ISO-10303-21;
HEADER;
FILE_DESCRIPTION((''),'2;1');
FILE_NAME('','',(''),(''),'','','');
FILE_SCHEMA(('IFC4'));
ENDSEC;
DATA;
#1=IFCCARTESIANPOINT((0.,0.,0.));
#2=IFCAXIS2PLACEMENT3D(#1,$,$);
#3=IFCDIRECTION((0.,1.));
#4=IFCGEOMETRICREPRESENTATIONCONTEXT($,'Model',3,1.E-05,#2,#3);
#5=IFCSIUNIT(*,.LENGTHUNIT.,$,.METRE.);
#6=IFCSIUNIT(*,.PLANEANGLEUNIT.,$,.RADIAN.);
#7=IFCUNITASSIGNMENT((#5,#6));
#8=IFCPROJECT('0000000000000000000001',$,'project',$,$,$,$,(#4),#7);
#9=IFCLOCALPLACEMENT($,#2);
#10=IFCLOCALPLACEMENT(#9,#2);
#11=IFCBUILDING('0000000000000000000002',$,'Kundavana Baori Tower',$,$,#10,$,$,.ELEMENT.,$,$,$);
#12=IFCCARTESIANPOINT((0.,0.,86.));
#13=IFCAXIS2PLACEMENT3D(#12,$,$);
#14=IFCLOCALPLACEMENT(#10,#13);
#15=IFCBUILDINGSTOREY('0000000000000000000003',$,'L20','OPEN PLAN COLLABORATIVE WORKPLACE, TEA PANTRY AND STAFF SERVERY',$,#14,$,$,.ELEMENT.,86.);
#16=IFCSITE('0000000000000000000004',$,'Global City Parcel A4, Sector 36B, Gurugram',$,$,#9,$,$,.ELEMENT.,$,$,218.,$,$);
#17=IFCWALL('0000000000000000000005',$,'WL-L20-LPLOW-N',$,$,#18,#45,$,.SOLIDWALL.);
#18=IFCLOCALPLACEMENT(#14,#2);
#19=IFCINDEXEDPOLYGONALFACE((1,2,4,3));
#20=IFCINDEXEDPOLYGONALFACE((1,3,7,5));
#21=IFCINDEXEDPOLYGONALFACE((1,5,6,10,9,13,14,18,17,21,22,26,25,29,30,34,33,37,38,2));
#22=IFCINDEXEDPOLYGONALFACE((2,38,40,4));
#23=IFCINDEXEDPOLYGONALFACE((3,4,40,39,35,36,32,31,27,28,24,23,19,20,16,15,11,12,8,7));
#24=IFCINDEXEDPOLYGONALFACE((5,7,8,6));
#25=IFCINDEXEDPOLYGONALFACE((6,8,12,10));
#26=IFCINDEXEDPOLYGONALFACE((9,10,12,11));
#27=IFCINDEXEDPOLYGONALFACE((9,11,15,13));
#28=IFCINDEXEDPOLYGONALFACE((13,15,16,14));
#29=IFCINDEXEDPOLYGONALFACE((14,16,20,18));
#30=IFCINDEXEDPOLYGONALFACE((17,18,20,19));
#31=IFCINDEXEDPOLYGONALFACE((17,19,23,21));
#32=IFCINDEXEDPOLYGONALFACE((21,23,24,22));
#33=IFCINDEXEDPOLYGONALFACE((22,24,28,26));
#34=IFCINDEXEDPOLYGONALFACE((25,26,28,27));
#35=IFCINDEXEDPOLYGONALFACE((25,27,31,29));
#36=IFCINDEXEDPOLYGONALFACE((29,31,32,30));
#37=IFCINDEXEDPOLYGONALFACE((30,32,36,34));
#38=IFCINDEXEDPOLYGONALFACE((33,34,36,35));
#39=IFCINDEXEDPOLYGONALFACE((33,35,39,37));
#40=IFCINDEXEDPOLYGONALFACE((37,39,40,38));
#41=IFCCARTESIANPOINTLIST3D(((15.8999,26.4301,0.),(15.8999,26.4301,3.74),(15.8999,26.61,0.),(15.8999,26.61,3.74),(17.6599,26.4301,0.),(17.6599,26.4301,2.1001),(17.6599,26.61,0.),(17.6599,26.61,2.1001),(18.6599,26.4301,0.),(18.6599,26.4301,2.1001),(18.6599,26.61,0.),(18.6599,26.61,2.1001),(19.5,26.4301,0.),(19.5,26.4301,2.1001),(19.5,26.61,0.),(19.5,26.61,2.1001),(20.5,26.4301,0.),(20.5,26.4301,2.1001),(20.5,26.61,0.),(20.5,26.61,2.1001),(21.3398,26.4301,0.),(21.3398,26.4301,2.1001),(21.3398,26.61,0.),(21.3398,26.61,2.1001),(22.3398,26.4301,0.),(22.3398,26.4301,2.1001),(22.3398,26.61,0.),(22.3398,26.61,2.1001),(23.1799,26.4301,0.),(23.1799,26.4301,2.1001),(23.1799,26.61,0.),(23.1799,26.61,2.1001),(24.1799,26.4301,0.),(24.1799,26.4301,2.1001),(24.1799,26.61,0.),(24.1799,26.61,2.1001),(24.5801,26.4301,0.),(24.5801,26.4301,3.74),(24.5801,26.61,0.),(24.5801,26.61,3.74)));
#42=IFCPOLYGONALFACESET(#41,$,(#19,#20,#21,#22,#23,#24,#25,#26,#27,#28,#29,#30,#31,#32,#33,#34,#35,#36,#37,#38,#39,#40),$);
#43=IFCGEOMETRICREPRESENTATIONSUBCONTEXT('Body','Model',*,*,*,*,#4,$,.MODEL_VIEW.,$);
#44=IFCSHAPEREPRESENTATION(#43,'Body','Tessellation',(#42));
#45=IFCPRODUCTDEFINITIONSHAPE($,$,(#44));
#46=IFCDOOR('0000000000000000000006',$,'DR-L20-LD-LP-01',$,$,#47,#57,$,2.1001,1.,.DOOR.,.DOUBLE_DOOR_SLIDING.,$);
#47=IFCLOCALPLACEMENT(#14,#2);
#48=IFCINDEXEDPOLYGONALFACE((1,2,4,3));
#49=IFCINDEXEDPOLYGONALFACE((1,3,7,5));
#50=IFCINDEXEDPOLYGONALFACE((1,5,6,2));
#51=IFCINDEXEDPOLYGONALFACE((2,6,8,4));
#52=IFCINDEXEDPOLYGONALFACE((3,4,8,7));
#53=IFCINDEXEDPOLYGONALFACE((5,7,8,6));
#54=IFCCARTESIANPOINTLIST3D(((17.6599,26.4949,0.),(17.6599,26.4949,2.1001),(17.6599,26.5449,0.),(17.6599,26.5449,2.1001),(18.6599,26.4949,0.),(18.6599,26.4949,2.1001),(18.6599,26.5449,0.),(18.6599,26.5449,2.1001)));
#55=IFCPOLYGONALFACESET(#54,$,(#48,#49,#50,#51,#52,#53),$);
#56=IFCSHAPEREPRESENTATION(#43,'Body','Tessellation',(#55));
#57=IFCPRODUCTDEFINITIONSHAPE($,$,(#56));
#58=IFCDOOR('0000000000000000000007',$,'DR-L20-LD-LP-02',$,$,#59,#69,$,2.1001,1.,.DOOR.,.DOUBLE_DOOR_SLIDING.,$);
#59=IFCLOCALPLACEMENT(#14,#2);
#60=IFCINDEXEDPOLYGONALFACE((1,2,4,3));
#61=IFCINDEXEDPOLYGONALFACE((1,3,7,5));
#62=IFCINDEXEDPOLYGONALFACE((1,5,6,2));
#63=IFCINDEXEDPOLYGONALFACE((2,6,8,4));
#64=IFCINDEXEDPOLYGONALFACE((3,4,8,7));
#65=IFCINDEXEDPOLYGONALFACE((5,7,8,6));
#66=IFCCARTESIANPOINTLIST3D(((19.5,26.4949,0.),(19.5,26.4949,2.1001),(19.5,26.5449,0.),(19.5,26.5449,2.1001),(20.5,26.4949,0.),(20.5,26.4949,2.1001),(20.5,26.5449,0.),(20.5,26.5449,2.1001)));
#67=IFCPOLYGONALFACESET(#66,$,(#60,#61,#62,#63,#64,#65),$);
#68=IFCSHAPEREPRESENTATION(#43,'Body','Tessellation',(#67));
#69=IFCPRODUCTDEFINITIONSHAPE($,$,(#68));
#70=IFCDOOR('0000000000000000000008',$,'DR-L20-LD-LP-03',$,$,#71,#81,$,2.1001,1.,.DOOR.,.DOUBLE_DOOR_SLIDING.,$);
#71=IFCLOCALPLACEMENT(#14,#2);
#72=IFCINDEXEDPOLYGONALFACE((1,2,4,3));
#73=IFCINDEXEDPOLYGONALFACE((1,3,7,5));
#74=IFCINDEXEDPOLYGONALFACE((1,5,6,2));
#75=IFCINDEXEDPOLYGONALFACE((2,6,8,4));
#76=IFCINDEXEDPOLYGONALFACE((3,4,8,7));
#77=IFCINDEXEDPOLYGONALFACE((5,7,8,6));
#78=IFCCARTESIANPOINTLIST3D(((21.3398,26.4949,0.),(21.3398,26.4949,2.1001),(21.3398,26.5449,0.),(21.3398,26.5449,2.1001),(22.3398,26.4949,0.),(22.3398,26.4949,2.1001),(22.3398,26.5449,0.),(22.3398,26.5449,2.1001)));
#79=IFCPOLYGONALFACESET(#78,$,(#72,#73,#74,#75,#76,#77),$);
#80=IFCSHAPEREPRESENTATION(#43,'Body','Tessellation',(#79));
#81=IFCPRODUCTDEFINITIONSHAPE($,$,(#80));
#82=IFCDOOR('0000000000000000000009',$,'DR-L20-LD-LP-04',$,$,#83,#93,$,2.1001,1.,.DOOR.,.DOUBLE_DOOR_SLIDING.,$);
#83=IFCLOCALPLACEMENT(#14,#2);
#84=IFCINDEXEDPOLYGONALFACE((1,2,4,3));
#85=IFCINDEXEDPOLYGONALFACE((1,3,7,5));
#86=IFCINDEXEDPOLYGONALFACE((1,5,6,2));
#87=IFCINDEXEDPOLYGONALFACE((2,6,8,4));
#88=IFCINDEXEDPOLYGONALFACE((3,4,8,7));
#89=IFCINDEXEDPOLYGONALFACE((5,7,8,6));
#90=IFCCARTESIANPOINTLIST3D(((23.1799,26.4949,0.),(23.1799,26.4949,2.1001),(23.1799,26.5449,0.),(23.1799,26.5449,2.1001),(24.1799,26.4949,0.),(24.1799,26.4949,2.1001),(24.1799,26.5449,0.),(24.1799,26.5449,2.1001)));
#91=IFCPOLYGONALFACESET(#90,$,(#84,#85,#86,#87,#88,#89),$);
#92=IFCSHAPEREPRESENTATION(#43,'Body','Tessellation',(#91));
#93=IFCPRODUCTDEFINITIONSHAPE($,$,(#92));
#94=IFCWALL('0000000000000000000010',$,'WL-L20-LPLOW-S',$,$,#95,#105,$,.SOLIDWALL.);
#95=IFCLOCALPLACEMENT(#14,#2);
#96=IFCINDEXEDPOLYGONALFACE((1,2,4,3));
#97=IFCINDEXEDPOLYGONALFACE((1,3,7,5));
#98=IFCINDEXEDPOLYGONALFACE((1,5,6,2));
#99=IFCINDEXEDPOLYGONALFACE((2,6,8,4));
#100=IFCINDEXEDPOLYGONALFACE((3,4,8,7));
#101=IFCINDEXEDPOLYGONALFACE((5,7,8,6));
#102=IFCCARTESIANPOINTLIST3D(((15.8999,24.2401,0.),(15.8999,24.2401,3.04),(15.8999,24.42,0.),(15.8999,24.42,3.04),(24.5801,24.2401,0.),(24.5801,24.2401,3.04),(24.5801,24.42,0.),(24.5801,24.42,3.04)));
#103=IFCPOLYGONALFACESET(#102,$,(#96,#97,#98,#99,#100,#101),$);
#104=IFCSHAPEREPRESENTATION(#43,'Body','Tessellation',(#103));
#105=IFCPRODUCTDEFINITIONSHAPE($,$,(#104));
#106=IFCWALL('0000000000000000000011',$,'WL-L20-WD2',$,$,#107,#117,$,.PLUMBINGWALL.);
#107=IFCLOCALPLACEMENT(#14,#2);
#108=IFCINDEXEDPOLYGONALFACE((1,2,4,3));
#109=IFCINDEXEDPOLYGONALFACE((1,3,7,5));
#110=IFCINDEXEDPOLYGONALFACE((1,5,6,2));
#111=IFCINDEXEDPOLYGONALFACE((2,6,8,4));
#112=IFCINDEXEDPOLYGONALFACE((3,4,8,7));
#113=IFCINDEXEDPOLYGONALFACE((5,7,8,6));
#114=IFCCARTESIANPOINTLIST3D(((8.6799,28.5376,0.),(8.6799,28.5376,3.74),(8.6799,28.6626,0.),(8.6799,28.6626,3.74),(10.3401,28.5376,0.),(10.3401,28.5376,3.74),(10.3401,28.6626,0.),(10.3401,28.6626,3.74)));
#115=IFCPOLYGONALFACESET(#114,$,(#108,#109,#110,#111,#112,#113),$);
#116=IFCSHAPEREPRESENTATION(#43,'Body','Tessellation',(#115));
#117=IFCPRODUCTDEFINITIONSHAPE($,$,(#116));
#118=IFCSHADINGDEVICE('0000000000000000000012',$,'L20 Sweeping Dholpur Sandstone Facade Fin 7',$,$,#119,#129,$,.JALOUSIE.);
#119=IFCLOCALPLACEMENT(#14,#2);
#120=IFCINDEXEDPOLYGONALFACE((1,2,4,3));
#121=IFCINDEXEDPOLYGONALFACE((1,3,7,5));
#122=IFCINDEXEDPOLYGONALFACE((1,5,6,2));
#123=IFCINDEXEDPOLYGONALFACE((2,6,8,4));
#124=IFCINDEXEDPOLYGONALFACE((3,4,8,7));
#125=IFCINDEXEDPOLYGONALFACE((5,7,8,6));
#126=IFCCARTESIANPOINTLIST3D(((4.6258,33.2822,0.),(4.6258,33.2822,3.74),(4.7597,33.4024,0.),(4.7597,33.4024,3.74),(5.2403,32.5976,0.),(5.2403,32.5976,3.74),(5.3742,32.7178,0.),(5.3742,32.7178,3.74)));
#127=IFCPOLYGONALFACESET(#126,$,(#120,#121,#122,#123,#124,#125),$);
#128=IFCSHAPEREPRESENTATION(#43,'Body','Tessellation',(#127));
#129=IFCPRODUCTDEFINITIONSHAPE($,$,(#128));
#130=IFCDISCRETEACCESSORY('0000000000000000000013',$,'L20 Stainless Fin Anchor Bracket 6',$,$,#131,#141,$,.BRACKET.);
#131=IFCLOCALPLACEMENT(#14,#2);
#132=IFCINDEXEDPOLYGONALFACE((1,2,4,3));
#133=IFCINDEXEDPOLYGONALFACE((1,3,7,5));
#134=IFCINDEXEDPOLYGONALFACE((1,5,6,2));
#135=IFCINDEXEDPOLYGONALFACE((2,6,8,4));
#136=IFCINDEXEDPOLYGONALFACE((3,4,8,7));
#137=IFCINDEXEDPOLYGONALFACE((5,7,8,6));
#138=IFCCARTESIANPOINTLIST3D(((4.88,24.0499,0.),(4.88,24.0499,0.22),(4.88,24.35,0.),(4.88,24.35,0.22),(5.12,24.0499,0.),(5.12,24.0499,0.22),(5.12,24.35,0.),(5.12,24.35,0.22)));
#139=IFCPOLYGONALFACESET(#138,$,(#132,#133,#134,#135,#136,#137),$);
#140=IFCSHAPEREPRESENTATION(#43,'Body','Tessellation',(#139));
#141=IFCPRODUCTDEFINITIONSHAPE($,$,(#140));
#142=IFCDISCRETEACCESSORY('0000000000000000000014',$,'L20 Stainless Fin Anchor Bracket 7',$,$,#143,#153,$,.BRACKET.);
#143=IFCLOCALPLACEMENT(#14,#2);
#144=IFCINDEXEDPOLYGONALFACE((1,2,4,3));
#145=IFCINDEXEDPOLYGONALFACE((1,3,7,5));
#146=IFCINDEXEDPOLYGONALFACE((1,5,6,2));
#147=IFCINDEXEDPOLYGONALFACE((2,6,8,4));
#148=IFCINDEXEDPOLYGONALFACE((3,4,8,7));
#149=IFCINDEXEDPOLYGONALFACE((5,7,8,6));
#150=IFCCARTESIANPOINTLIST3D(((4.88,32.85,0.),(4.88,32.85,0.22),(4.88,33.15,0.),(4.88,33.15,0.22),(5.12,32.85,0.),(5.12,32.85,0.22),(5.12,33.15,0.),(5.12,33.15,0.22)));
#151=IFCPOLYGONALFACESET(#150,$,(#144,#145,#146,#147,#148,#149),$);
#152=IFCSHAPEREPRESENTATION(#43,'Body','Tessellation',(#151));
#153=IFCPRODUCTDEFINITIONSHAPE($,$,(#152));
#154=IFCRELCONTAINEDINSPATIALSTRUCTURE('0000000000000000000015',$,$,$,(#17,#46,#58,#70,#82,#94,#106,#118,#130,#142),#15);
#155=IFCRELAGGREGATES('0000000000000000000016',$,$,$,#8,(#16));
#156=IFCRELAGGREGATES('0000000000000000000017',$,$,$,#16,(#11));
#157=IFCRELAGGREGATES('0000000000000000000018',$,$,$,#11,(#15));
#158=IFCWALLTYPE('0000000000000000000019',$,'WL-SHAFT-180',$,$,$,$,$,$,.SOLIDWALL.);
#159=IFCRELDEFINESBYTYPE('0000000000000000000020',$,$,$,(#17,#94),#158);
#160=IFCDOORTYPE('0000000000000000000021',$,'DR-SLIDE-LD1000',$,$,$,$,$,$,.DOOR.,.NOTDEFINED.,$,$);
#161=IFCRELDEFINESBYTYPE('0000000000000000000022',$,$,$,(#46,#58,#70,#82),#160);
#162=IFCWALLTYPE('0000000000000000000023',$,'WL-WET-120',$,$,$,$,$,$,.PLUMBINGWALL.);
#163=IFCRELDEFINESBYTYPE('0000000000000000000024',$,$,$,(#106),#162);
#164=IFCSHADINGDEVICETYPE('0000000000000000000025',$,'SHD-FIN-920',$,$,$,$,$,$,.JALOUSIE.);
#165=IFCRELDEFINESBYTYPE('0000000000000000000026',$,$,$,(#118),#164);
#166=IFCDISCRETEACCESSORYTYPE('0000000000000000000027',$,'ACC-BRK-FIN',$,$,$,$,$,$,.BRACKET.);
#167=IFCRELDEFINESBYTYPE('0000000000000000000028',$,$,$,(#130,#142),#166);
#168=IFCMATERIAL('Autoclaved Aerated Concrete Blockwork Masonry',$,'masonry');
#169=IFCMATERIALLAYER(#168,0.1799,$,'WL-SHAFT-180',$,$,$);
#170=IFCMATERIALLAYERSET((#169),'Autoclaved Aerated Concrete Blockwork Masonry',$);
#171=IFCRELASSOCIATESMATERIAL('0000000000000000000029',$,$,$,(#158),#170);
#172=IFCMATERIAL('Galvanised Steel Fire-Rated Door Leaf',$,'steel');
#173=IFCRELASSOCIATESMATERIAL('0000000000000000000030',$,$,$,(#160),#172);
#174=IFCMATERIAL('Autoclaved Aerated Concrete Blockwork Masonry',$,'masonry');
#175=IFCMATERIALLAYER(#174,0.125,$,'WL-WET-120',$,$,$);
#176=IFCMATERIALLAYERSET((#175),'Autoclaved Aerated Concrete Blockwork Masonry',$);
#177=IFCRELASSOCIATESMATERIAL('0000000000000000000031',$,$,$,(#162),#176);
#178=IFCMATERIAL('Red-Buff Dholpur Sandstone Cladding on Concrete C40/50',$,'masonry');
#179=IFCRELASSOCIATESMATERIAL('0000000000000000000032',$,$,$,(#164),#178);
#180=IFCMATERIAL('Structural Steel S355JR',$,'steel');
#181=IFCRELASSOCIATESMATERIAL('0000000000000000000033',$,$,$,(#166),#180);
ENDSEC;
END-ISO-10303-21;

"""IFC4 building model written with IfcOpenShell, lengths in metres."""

from ifc_helpers import new_model, si_unit, direction, frame, frame_2d, origin, origin_2d, place, context, subcontext, project, spatial, rectangle, extrude, material, layer, layer_set, type_object, element, fill, save


model = new_model("IFC4")

# Units and contexts
model_context = context("Model", 3, precision=1e-05, world=origin(), true_north=direction((0.0, 1.0)))
body_context = subcontext(model_context, "Body", "Model", "MODEL_VIEW")
ifc_project = project(units=[si_unit("LENGTHUNIT", "METRE"), si_unit("PLANEANGLEUNIT", "RADIAN")], contexts=[model_context])

# Site, building, storey
site_placement = place(None, origin())
site = spatial("IfcSite", under=ifc_project, at=site_placement, Name="Global City Parcel A4, Sector 36B, Gurugram", CompositionType="ELEMENT", RefElevation=218.0)
building_placement = place(site_placement, origin())
building = spatial("IfcBuilding", under=site, at=building_placement, Name="Kundavana Baori Tower", CompositionType="ELEMENT")
storey_placement = place(building_placement, frame((0.0, 0.0, 86.0)))
storey = spatial("IfcBuildingStorey", under=building, at=storey_placement, Name="L20", Description="OPEN PLAN COLLABORATIVE WORKPLACE, TEA PANTRY AND STAFF SERVERY", CompositionType="ELEMENT", Elevation=86.0)

# Wall, openings, doors
ifc_material_1 = material(Name="Autoclaved Aerated Concrete Blockwork Masonry", Category="masonry")
ifc_layer_1 = layer(ifc_material_1, 0.1799, Name="WL-SHAFT-180")
ifc_layer_set_1 = layer_set([ifc_layer_1], Name="Autoclaved Aerated Concrete Blockwork Masonry")
wall_type_1 = type_object("IfcWallType", Name="WL-SHAFT-180", PredefinedType="SOLIDWALL", material=ifc_layer_set_1)
wall_1_placement = place(storey_placement, frame((15.8999, 26.52, 0.0), z_axis=(0.0, 0.0, 1.0), x_axis=(1.0, 0.0, 0.0)))
wall_1 = element("IfcWall", 1, at=wall_1_placement, inside=storey, type_object=wall_type_1, Name="WL-L20-LPLOW-N", PredefinedType="SOLIDWALL", context=body_context, shape_type="SweptSolid", body=[
    extrude(rectangle(XDim=8.6802, YDim=0.1799, at=frame_2d((4.3401, 0.0))), origin(), (0.0, 0.0, 1.0), 3.74),
])
opening_1_placement = place(wall_1_placement, frame((1.76, 0.0, 0.0)))
opening_1 = element("IfcOpeningElement", 2, at=opening_1_placement, cuts=wall_1, PredefinedType="OPENING", context=body_context, shape_type="SweptSolid", body=[
    extrude(rectangle(XDim=1.0, YDim=2.1001, at=frame_2d((0.5, 1.05))), frame((0.0, 0.1001, 0.0), z_axis=(0.0, -1.0, 0.0), x_axis=(1.0, 0.0, 0.0)), (0.0, 0.0, 1.0), 0.2),
])
opening_2_placement = place(wall_1_placement, frame((3.6001, 0.0, 0.0)))
opening_2 = element("IfcOpeningElement", 3, at=opening_2_placement, cuts=wall_1, PredefinedType="OPENING", context=body_context, shape_type="SweptSolid", body=[
    extrude(rectangle(XDim=1.0, YDim=2.1001, at=frame_2d((0.5, 1.05))), frame((0.0, 0.1001, 0.0), z_axis=(0.0, -1.0, 0.0), x_axis=(1.0, 0.0, 0.0)), (0.0, 0.0, 1.0), 0.2),
])
opening_3_placement = place(wall_1_placement, frame((5.4399, 0.0, 0.0)))
opening_3 = element("IfcOpeningElement", 4, at=opening_3_placement, cuts=wall_1, PredefinedType="OPENING", context=body_context, shape_type="SweptSolid", body=[
    extrude(rectangle(XDim=1.0, YDim=2.1001, at=frame_2d((0.5, 1.05))), frame((0.0, 0.1001, 0.0), z_axis=(0.0, -1.0, 0.0), x_axis=(1.0, 0.0, 0.0)), (0.0, 0.0, 1.0), 0.2),
])
opening_4_placement = place(wall_1_placement, frame((7.28, 0.0, 0.0)))
opening_4 = element("IfcOpeningElement", 5, at=opening_4_placement, cuts=wall_1, PredefinedType="OPENING", context=body_context, shape_type="SweptSolid", body=[
    extrude(rectangle(XDim=1.0, YDim=2.1001, at=frame_2d((0.5, 1.05))), frame((0.0, 0.1001, 0.0), z_axis=(0.0, -1.0, 0.0), x_axis=(1.0, 0.0, 0.0)), (0.0, 0.0, 1.0), 0.2),
])
ifc_material_2 = material(Name="Galvanised Steel Fire-Rated Door Leaf", Category="steel")
door_type = type_object("IfcDoorType", Name="DR-SLIDE-LD1000", OperationType="NOTDEFINED", PredefinedType="DOOR", material=ifc_material_2)
door_1_placement = place(opening_1_placement, origin())
door_1 = element("IfcDoor", 6, at=door_1_placement, inside=storey, type_object=door_type, Name="DR-L20-LD-LP-01", OperationType="DOUBLE_DOOR_SLIDING", OverallHeight=2.1001, OverallWidth=1.0, PredefinedType="DOOR", context=body_context, shape_type="SweptSolid", body=[
    extrude(rectangle(XDim=1.0, YDim=2.1001, at=frame_2d((0.5, 1.05))), frame((0.0, 0.0249, 0.0), z_axis=(0.0, -1.0, 0.0), x_axis=(1.0, 0.0, 0.0)), (0.0, 0.0, 1.0), 0.05),
])
fill(opening_1, door_1)
door_2_placement = place(opening_2_placement, origin())
door_2 = element("IfcDoor", 7, at=door_2_placement, inside=storey, type_object=door_type, Name="DR-L20-LD-LP-02", OperationType="DOUBLE_DOOR_SLIDING", OverallHeight=2.1001, OverallWidth=1.0, PredefinedType="DOOR", context=body_context, shape_type="SweptSolid", body=[
    extrude(rectangle(XDim=1.0, YDim=2.1001, at=frame_2d((0.5, 1.05))), frame((0.0, 0.0249, 0.0), z_axis=(0.0, -1.0, 0.0), x_axis=(1.0, 0.0, 0.0)), (0.0, 0.0, 1.0), 0.05),
])
fill(opening_2, door_2)
door_3_placement = place(opening_3_placement, origin())
door_3 = element("IfcDoor", 8, at=door_3_placement, inside=storey, type_object=door_type, Name="DR-L20-LD-LP-03", OperationType="DOUBLE_DOOR_SLIDING", OverallHeight=2.1001, OverallWidth=1.0, PredefinedType="DOOR", context=body_context, shape_type="SweptSolid", body=[
    extrude(rectangle(XDim=1.0, YDim=2.1001, at=frame_2d((0.5, 1.05))), frame((0.0, 0.0249, 0.0), z_axis=(0.0, -1.0, 0.0), x_axis=(1.0, 0.0, 0.0)), (0.0, 0.0, 1.0), 0.05),
])
fill(opening_3, door_3)
door_4_placement = place(opening_4_placement, origin())
door_4 = element("IfcDoor", 9, at=door_4_placement, inside=storey, type_object=door_type, Name="DR-L20-LD-LP-04", OperationType="DOUBLE_DOOR_SLIDING", OverallHeight=2.1001, OverallWidth=1.0, PredefinedType="DOOR", context=body_context, shape_type="SweptSolid", body=[
    extrude(rectangle(XDim=1.0, YDim=2.1001, at=frame_2d((0.5, 1.05))), frame((0.0, 0.0249, 0.0), z_axis=(0.0, -1.0, 0.0), x_axis=(1.0, 0.0, 0.0)), (0.0, 0.0, 1.0), 0.05),
])
fill(opening_4, door_4)

# Walls
wall_2_placement = place(storey_placement, frame((15.8999, 24.3301, 0.0), z_axis=(0.0, 0.0, 1.0), x_axis=(1.0, 0.0, 0.0)))
element("IfcWall", 10, at=wall_2_placement, inside=storey, type_object=wall_type_1, Name="WL-L20-LPLOW-S", PredefinedType="SOLIDWALL", context=body_context, shape_type="SweptSolid", body=[
    extrude(rectangle(XDim=8.6802, YDim=0.1799, at=frame_2d((4.3401, 0.0))), origin(), (0.0, 0.0, 1.0), 3.04),
])
ifc_material_3 = material(Name="Autoclaved Aerated Concrete Blockwork Masonry", Category="masonry")
ifc_layer_2 = layer(ifc_material_3, 0.125, Name="WL-WET-120")
ifc_layer_set_2 = layer_set([ifc_layer_2], Name="Autoclaved Aerated Concrete Blockwork Masonry")
wall_type_2 = type_object("IfcWallType", Name="WL-WET-120", PredefinedType="PLUMBINGWALL", material=ifc_layer_set_2)
wall_3_placement = place(storey_placement, frame((8.6799, 28.6001, 0.0), z_axis=(0.0, 0.0, 1.0), x_axis=(1.0, 0.0, 0.0)))
element("IfcWall", 11, at=wall_3_placement, inside=storey, type_object=wall_type_2, Name="WL-L20-WD2", PredefinedType="PLUMBINGWALL", context=body_context, shape_type="SweptSolid", body=[
    extrude(rectangle(XDim=1.6602, YDim=0.125, at=frame_2d((0.8301, 0.0))), origin(), (0.0, 0.0, 1.0), 3.74),
])

# Shading device
ifc_material_4 = material(Name="Red-Buff Dholpur Sandstone Cladding on Concrete C40/50", Category="masonry")
shading_device_type = type_object("IfcShadingDeviceType", Name="SHD-FIN-920", PredefinedType="JALOUSIE", material=ifc_material_4)
shading_device_placement = place(storey_placement, frame((5.0, 33.0, 0.0), z_axis=(0.0, 0.0, 1.0), x_axis=(0.744195, 0.667962, 0.0)))
element("IfcShadingDevice", 12, at=shading_device_placement, inside=storey, type_object=shading_device_type, Name="L20 Sweeping Dholpur Sandstone Facade Fin 7", PredefinedType="JALOUSIE", context=body_context, shape_type="SweptSolid", body=[
    extrude(rectangle(XDim=0.1799, YDim=0.9199, at=origin_2d()), origin(), (0.0, 0.0, 1.0), 3.74),
])

# Discrete accessories
ifc_material_5 = material(Name="Structural Steel S355JR", Category="steel")
discrete_accessory_type = type_object("IfcDiscreteAccessoryType", Name="ACC-BRK-FIN", PredefinedType="BRACKET", material=ifc_material_5)
for number, where, z_axis, x_axis, name in (
    (13, (5.0, 24.2, 0.0), (0.0, 0.0, 1.0), (1.0, 0.0, 0.0), "L20 Stainless Fin Anchor Bracket 6"),
    (14, (5.0, 33.0, 0.0), (0.0, 0.0, 1.0), (1.0, 0.0, 0.0), "L20 Stainless Fin Anchor Bracket 7"),
):
    element("IfcDiscreteAccessory", number, at=place(storey_placement, frame(where, z_axis=z_axis, x_axis=x_axis)), inside=storey, type_object=discrete_accessory_type, Name=name, PredefinedType="BRACKET", context=body_context, shape_type="SweptSolid", body=[
        extrude(rectangle(XDim=0.24, YDim=0.3, at=origin_2d()), origin(), (0.0, 0.0, 1.0), 0.22),
    ])

save(model, "model.ifc")
